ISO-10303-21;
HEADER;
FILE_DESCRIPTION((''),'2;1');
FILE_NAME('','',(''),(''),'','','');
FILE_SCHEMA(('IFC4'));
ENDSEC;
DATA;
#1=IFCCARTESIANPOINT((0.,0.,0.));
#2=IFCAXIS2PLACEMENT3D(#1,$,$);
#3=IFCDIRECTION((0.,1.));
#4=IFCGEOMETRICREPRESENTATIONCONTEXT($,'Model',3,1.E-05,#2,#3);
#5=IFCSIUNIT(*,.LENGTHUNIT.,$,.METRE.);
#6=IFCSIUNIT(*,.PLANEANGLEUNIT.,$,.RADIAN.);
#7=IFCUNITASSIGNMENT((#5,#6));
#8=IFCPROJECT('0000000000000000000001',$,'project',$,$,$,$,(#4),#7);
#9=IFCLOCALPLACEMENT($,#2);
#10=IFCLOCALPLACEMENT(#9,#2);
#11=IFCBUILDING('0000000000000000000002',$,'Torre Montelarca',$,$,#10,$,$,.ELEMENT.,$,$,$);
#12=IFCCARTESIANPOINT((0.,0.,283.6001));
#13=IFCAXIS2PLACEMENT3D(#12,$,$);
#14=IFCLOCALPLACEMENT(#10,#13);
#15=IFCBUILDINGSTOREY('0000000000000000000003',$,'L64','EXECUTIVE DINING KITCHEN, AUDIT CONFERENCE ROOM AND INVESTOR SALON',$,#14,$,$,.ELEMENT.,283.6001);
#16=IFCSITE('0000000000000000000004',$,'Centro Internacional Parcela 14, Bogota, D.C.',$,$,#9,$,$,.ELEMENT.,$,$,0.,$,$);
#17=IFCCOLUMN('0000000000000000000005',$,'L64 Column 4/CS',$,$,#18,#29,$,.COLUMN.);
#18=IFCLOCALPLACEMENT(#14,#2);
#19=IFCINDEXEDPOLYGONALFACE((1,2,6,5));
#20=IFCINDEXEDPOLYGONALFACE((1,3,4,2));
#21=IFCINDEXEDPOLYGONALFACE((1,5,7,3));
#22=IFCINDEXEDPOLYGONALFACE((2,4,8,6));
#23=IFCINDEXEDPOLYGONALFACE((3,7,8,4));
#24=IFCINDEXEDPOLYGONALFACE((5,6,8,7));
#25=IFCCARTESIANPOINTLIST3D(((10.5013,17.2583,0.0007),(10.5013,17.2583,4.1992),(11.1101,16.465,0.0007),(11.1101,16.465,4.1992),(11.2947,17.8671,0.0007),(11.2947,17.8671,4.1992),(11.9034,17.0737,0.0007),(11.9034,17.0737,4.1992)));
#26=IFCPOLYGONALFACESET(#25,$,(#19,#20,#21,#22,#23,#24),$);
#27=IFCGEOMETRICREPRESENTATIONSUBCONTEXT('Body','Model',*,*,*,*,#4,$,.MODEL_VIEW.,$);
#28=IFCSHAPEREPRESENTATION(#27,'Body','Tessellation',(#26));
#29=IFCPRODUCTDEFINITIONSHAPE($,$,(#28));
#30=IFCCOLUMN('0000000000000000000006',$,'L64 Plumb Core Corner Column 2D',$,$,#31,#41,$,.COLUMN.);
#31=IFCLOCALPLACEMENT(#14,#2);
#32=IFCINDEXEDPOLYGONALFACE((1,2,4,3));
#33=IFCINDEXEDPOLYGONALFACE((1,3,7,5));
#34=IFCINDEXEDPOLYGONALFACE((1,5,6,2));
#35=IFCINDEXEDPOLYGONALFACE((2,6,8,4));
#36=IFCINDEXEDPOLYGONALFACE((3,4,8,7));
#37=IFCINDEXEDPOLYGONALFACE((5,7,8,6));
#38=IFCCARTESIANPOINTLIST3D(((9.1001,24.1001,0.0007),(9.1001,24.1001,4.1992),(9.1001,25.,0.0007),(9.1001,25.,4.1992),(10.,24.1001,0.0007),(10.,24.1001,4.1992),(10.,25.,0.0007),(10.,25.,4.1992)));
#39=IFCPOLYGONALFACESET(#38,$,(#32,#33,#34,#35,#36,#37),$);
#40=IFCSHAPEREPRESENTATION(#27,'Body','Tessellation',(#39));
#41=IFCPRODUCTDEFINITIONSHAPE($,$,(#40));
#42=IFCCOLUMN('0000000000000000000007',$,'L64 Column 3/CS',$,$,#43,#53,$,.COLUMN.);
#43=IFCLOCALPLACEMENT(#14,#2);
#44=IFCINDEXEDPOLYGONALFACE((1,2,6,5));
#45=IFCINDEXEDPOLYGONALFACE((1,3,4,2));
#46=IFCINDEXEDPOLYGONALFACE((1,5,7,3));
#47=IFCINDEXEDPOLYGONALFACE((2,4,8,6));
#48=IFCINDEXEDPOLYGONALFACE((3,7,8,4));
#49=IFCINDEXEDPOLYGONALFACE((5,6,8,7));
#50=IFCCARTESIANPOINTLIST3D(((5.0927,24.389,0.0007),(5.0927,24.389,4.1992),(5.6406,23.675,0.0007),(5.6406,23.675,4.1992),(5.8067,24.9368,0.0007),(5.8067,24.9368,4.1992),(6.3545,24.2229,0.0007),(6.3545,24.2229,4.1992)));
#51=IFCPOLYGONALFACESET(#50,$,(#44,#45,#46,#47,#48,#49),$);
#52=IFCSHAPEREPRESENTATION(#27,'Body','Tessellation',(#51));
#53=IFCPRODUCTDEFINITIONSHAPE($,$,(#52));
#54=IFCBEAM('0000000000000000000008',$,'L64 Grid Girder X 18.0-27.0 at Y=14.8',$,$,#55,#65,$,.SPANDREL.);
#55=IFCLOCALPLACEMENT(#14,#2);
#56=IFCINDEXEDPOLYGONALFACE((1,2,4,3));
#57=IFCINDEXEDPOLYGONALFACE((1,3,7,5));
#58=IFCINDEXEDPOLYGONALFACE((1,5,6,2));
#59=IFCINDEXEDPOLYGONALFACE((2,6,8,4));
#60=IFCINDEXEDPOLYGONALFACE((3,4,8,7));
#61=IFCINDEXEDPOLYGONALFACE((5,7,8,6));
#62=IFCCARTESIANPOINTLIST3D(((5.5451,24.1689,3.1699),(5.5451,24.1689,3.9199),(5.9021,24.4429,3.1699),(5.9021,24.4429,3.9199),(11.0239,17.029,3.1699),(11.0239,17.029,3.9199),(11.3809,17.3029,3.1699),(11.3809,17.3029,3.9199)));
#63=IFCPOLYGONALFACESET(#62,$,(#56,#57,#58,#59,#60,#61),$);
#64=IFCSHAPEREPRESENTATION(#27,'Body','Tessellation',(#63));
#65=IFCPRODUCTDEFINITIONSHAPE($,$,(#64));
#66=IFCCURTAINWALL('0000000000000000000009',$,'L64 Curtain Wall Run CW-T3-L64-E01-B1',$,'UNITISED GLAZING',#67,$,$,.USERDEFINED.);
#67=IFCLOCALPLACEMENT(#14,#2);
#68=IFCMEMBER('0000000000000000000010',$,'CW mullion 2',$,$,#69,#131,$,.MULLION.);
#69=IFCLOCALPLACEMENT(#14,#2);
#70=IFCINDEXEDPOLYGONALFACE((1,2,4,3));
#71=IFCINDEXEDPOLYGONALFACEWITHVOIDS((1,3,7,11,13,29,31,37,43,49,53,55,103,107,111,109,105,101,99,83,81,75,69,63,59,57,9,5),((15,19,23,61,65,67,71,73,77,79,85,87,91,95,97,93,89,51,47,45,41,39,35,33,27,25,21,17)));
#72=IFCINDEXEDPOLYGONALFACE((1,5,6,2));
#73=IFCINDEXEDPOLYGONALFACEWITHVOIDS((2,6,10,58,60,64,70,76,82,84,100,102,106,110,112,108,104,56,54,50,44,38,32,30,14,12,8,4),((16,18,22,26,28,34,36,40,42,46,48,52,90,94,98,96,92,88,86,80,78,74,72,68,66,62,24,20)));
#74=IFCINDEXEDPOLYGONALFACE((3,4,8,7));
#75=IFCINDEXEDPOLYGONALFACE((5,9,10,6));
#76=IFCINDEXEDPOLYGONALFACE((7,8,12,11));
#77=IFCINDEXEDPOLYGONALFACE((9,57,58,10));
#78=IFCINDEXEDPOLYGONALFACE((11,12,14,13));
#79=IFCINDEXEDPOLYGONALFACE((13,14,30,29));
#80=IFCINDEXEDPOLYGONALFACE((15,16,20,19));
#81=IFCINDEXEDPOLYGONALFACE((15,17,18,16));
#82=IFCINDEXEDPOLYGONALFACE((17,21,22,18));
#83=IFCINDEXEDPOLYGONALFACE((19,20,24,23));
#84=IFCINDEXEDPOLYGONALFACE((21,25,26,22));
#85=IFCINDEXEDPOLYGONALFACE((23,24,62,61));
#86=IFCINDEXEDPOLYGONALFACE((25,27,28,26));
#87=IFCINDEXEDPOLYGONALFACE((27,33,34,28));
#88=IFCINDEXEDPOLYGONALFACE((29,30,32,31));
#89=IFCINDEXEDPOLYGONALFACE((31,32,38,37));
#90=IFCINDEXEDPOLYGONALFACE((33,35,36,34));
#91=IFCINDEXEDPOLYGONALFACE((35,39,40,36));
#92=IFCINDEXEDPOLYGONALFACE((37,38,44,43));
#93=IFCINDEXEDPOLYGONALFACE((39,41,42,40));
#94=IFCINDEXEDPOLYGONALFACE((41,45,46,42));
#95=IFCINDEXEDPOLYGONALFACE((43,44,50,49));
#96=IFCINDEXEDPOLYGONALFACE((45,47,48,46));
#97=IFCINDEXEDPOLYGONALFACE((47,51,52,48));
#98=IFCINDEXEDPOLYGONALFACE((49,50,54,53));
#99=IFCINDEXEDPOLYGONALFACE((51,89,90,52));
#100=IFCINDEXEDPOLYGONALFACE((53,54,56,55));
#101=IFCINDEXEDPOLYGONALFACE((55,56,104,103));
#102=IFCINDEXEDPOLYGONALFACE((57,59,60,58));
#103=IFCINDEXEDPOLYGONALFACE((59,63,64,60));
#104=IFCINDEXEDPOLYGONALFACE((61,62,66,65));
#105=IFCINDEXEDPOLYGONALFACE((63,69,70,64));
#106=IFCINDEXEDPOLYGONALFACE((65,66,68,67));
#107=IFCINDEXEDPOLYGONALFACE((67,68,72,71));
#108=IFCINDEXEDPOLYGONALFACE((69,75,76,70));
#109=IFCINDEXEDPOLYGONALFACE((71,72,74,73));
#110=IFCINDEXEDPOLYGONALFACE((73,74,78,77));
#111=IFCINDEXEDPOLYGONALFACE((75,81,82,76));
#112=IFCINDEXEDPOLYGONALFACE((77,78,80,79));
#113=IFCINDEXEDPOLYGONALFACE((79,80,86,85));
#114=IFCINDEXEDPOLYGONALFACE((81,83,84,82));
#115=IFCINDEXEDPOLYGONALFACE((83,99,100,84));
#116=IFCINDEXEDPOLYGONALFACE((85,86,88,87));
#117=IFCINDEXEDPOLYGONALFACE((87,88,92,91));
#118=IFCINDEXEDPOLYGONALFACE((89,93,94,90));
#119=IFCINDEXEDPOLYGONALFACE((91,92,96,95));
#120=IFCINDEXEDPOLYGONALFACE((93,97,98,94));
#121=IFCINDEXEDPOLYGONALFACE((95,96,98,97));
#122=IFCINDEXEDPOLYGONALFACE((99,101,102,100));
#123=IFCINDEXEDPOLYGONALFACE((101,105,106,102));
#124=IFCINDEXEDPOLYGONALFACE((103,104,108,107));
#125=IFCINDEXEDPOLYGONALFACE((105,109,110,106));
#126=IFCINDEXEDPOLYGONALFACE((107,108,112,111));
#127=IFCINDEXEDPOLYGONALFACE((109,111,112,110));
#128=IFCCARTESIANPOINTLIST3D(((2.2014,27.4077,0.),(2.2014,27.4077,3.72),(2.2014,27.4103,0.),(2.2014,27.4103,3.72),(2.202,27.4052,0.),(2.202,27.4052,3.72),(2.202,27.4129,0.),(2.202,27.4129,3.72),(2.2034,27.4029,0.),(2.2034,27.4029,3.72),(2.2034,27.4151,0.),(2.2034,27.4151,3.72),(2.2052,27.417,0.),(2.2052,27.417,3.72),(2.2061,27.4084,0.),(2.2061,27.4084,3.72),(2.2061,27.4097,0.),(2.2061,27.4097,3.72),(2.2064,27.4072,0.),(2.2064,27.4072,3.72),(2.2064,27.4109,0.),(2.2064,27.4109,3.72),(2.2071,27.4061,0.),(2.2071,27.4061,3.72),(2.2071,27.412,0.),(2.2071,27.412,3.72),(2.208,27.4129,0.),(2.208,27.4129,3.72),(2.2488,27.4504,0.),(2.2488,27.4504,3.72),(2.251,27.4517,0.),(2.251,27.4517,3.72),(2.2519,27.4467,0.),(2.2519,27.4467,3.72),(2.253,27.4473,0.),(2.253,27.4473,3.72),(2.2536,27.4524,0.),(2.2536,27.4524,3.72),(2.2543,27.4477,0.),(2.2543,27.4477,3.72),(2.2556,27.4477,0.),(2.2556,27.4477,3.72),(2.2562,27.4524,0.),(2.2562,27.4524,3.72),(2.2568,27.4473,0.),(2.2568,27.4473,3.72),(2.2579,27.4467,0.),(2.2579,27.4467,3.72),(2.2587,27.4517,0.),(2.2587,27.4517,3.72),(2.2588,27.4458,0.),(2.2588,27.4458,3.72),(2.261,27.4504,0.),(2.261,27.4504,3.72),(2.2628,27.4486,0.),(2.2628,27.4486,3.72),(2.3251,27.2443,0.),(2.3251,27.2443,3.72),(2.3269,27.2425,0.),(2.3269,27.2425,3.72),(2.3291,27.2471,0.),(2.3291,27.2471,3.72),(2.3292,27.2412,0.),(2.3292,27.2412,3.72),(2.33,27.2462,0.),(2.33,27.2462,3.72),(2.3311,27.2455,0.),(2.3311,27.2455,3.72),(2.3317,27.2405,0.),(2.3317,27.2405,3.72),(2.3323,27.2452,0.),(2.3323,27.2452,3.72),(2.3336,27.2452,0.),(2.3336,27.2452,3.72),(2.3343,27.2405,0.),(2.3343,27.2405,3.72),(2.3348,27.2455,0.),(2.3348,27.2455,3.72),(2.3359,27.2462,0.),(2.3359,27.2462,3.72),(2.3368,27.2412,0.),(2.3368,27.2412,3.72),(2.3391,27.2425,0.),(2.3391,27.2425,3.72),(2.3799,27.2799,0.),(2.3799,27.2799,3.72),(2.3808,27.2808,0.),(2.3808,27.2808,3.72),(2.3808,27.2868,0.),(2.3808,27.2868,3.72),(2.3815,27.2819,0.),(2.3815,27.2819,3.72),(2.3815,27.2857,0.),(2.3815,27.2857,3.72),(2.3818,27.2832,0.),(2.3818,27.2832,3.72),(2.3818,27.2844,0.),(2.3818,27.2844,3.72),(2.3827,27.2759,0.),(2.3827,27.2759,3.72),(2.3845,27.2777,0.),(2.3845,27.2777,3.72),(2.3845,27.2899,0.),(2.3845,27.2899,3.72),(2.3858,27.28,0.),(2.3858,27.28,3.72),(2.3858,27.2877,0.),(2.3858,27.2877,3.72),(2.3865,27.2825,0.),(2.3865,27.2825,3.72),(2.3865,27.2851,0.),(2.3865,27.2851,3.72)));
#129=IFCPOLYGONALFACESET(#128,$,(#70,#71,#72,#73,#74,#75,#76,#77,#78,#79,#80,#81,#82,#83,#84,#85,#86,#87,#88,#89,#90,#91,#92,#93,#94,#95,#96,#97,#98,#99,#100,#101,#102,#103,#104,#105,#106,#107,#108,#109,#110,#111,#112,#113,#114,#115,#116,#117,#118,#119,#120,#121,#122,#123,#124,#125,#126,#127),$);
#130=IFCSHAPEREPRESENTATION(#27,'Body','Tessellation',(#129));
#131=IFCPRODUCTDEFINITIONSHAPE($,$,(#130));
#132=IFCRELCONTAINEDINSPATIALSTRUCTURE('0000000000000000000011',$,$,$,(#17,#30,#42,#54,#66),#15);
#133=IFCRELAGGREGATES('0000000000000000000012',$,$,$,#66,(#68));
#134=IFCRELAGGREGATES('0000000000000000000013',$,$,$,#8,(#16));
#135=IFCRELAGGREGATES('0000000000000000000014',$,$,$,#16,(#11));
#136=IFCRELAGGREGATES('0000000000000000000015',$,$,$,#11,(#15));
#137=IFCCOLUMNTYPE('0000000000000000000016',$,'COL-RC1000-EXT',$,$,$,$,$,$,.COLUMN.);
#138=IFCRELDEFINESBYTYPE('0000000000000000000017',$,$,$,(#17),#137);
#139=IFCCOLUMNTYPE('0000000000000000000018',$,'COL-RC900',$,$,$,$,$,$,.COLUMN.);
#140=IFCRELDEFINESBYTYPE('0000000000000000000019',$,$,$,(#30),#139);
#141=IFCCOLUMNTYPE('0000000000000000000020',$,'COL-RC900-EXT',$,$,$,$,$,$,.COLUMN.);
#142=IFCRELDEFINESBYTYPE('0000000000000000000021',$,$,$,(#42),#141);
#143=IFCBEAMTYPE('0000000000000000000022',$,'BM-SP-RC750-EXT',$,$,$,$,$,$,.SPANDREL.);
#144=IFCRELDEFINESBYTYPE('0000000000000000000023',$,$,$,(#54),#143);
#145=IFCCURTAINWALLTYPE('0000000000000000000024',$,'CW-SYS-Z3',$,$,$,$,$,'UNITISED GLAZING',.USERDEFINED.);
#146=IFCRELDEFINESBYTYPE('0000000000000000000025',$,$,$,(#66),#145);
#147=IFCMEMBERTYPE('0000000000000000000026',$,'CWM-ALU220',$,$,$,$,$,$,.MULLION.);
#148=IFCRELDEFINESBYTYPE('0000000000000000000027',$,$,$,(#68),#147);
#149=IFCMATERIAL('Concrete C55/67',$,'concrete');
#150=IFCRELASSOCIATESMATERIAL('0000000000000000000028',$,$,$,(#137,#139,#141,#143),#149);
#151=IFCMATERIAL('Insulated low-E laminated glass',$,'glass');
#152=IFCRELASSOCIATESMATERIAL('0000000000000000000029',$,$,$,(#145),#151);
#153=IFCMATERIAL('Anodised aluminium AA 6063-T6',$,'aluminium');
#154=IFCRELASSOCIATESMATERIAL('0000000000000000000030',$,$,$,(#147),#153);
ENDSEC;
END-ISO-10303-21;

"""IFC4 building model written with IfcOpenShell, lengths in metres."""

from ifc_helpers import new_model, si_unit, direction, frame, origin, origin_2d, place, context, subcontext, project, spatial, rectangle, hollow_rectangle, extrude, source, transform, mapped, material, material_profile, profile_set, type_object, element, aggregate, save


model = new_model("IFC4")

# Units and contexts
model_context = context("Model", 3, precision=1e-05, world=origin(), true_north=direction((0.0, 1.0)))
body_context = subcontext(model_context, "Body", "Model", "MODEL_VIEW")
ifc_project = project(units=[si_unit("LENGTHUNIT", "METRE"), si_unit("PLANEANGLEUNIT", "RADIAN")], contexts=[model_context])

# Site, building, storey
site_placement = place(None, origin())
site = spatial("IfcSite", under=ifc_project, at=site_placement, Name="Centro Internacional Parcela 14, Bogota, D.C.", CompositionType="ELEMENT", RefElevation=0.0)
building_placement = place(site_placement, origin())
building = spatial("IfcBuilding", under=site, at=building_placement, Name="Torre Montelarca", CompositionType="ELEMENT")
storey_placement = place(building_placement, frame((0.0, 0.0, 283.6001)))
storey = spatial("IfcBuildingStorey", under=building, at=storey_placement, Name="L64", Description="EXECUTIVE DINING KITCHEN, AUDIT CONFERENCE ROOM AND INVESTOR SALON", CompositionType="ELEMENT", Elevation=283.6001)

# Columns
ifc_material_1 = material(Name="Concrete C55/67", Category="concrete")
ifc_material_profile_1 = material_profile(ifc_material_1, rectangle(XDim=1.0, YDim=1.0, at=origin_2d()), Name="RC1000X1000", Category="concrete")
ifc_profile_set_1 = profile_set([ifc_material_profile_1], Name="Concrete C55/67")
column_type_1 = type_object("IfcColumnType", Name="COL-RC1000-EXT", PredefinedType="COLUMN", material=ifc_profile_set_1)
shared_shape_1 = source(origin(), body_context, "Body", "SweptSolid", [
    extrude(rectangle(XDim=1.0, YDim=1.0, at=origin_2d()), origin(), (0.0, 0.0, 1.0), 4.1985),
])
column_1_placement = place(storey_placement, frame((11.2024, 17.166, 0.0007), z_axis=(0.0, 0.0, 1.0), x_axis=(-0.608761, 0.793353, 0.0)))
element("IfcColumn", 1, at=column_1_placement, inside=storey, type_object=column_type_1, Name="L64 Column 4/CS", PredefinedType="COLUMN", context=body_context, shape_type="MappedRepresentation", body=[
    mapped(shared_shape_1, transform((0.0, 0.0, 0.0), scale=1.0)),
])
ifc_material_profile_2 = material_profile(ifc_material_1, rectangle(XDim=0.8999, YDim=0.8999, at=origin_2d()), Name="RC900X900", Category="concrete")
ifc_profile_set_2 = profile_set([ifc_material_profile_2], Name="Concrete C55/67")
column_type_2 = type_object("IfcColumnType", Name="COL-RC900", PredefinedType="COLUMN", material=ifc_profile_set_2)
shared_shape_2 = source(origin(), body_context, "Body", "SweptSolid", [
    extrude(rectangle(XDim=0.8999, YDim=0.8999, at=origin_2d()), origin(), (0.0, 0.0, 1.0), 4.1985),
])
column_2_placement = place(storey_placement, frame((9.55, 24.55, 0.0007), z_axis=(0.0, 0.0, 1.0), x_axis=(1.0, 0.0, 0.0)))
element("IfcColumn", 2, at=column_2_placement, inside=storey, type_object=column_type_2, Name="L64 Plumb Core Corner Column 2D", PredefinedType="COLUMN", context=body_context, shape_type="MappedRepresentation", body=[
    mapped(shared_shape_2, transform((0.0, 0.0, 0.0), scale=1.0)),
])
ifc_material_profile_3 = material_profile(ifc_material_1, rectangle(XDim=0.8999, YDim=0.8999, at=origin_2d()), Name="RC900X900", Category="concrete")
ifc_profile_set_3 = profile_set([ifc_material_profile_3], Name="Concrete C55/67")
column_type_3 = type_object("IfcColumnType", Name="COL-RC900-EXT", PredefinedType="COLUMN", material=ifc_profile_set_3)
shared_shape_3 = source(origin(), body_context, "Body", "SweptSolid", [
    extrude(rectangle(XDim=0.8999, YDim=0.8999, at=origin_2d()), origin(), (0.0, 0.0, 1.0), 4.1985),
])
column_3_placement = place(storey_placement, frame((5.7236, 24.3059, 0.0007), z_axis=(0.0, 0.0, 1.0), x_axis=(-0.608761, 0.793353, 0.0)))
element("IfcColumn", 3, at=column_3_placement, inside=storey, type_object=column_type_3, Name="L64 Column 3/CS", PredefinedType="COLUMN", context=body_context, shape_type="MappedRepresentation", body=[
    mapped(shared_shape_3, transform((0.0, 0.0, 0.0), scale=1.0)),
])

# Beam
ifc_material_profile_4 = material_profile(ifc_material_1, rectangle(XDim=0.45, YDim=0.75, at=origin_2d()), Name="RCB450X750", Category="concrete")
ifc_profile_set_4 = profile_set([ifc_material_profile_4], Name="Concrete C55/67")
beam_type = type_object("IfcBeamType", Name="BM-SP-RC750-EXT", PredefinedType="SPANDREL", material=ifc_profile_set_4)
shared_shape_4 = source(origin(), body_context, "Body", "SweptSolid", [
    extrude(rectangle(XDim=0.45, YDim=0.75, at=origin_2d()), origin(), (0.0, 0.0, 1.0), 8.9998),
])
beam_placement = place(storey_placement, frame((5.7236, 24.3059, 3.5449), z_axis=(0.60877, -0.793346, 0.0), x_axis=(0.793346, 0.60877, 0.0)))
element("IfcBeam", 4, at=beam_placement, inside=storey, type_object=beam_type, Name="L64 Grid Girder X 18.0-27.0 at Y=14.8", PredefinedType="SPANDREL", context=body_context, shape_type="MappedRepresentation", body=[
    mapped(shared_shape_4, transform((0.0, 0.0, 0.0), scale=1.0)),
])

# Curtain wall, member
ifc_material_2 = material(Name="Insulated low-E laminated glass", Category="glass")
curtain_wall_type = type_object("IfcCurtainWallType", Name="CW-SYS-Z3", ElementType="UNITISED GLAZING", PredefinedType="USERDEFINED", material=ifc_material_2)
curtain_wall_1_placement = place(storey_placement, origin())
curtain_wall_1 = element("IfcCurtainWall", 5, at=curtain_wall_1_placement, inside=storey, type_object=curtain_wall_type, Name="L64 Curtain Wall Run CW-T3-L64-E01-B1", ObjectType="UNITISED GLAZING", PredefinedType="USERDEFINED")
ifc_material_3 = material(Name="Anodised aluminium AA 6063-T6", Category="aluminium")
ifc_material_profile_5 = material_profile(ifc_material_3, hollow_rectangle(XDim=0.075, YDim=0.22, WallThickness=0.0049, InnerFilletRadius=0.0049, OuterFilletRadius=0.01, at=origin_2d()), Name="ALU75X220X5", Category="aluminium")
ifc_profile_set_5 = profile_set([ifc_material_profile_5], Name="Anodised aluminium AA 6063-T6")
member_type_1 = type_object("IfcMemberType", Name="CWM-ALU220", PredefinedType="MULLION", material=ifc_profile_set_5)
shared_shape_5 = source(origin(), body_context, "Body", "SweptSolid", [
    extrude(hollow_rectangle(XDim=0.075, YDim=0.22, WallThickness=0.0049, InnerFilletRadius=0.0049, OuterFilletRadius=0.01, at=origin_2d()), origin(), (0.0, 0.0, 1.0), 3.72),
])
member_1_placement = place(storey_placement, frame((2.2939, 27.3464, 0.0), z_axis=(0.0, 0.0, 1.0), x_axis=(0.793348, 0.608768, 0.0)))
member_1 = element("IfcMember", 6, at=member_1_placement, type_object=member_type_1, Name="CW mullion 2", PredefinedType="MULLION", context=body_context, shape_type="MappedRepresentation", body=[
    mapped(shared_shape_5, transform((0.0, 0.0, 0.0), scale=1.0)),
])

aggregate(curtain_wall_1, [member_1])

save(model, "model.ifc")
